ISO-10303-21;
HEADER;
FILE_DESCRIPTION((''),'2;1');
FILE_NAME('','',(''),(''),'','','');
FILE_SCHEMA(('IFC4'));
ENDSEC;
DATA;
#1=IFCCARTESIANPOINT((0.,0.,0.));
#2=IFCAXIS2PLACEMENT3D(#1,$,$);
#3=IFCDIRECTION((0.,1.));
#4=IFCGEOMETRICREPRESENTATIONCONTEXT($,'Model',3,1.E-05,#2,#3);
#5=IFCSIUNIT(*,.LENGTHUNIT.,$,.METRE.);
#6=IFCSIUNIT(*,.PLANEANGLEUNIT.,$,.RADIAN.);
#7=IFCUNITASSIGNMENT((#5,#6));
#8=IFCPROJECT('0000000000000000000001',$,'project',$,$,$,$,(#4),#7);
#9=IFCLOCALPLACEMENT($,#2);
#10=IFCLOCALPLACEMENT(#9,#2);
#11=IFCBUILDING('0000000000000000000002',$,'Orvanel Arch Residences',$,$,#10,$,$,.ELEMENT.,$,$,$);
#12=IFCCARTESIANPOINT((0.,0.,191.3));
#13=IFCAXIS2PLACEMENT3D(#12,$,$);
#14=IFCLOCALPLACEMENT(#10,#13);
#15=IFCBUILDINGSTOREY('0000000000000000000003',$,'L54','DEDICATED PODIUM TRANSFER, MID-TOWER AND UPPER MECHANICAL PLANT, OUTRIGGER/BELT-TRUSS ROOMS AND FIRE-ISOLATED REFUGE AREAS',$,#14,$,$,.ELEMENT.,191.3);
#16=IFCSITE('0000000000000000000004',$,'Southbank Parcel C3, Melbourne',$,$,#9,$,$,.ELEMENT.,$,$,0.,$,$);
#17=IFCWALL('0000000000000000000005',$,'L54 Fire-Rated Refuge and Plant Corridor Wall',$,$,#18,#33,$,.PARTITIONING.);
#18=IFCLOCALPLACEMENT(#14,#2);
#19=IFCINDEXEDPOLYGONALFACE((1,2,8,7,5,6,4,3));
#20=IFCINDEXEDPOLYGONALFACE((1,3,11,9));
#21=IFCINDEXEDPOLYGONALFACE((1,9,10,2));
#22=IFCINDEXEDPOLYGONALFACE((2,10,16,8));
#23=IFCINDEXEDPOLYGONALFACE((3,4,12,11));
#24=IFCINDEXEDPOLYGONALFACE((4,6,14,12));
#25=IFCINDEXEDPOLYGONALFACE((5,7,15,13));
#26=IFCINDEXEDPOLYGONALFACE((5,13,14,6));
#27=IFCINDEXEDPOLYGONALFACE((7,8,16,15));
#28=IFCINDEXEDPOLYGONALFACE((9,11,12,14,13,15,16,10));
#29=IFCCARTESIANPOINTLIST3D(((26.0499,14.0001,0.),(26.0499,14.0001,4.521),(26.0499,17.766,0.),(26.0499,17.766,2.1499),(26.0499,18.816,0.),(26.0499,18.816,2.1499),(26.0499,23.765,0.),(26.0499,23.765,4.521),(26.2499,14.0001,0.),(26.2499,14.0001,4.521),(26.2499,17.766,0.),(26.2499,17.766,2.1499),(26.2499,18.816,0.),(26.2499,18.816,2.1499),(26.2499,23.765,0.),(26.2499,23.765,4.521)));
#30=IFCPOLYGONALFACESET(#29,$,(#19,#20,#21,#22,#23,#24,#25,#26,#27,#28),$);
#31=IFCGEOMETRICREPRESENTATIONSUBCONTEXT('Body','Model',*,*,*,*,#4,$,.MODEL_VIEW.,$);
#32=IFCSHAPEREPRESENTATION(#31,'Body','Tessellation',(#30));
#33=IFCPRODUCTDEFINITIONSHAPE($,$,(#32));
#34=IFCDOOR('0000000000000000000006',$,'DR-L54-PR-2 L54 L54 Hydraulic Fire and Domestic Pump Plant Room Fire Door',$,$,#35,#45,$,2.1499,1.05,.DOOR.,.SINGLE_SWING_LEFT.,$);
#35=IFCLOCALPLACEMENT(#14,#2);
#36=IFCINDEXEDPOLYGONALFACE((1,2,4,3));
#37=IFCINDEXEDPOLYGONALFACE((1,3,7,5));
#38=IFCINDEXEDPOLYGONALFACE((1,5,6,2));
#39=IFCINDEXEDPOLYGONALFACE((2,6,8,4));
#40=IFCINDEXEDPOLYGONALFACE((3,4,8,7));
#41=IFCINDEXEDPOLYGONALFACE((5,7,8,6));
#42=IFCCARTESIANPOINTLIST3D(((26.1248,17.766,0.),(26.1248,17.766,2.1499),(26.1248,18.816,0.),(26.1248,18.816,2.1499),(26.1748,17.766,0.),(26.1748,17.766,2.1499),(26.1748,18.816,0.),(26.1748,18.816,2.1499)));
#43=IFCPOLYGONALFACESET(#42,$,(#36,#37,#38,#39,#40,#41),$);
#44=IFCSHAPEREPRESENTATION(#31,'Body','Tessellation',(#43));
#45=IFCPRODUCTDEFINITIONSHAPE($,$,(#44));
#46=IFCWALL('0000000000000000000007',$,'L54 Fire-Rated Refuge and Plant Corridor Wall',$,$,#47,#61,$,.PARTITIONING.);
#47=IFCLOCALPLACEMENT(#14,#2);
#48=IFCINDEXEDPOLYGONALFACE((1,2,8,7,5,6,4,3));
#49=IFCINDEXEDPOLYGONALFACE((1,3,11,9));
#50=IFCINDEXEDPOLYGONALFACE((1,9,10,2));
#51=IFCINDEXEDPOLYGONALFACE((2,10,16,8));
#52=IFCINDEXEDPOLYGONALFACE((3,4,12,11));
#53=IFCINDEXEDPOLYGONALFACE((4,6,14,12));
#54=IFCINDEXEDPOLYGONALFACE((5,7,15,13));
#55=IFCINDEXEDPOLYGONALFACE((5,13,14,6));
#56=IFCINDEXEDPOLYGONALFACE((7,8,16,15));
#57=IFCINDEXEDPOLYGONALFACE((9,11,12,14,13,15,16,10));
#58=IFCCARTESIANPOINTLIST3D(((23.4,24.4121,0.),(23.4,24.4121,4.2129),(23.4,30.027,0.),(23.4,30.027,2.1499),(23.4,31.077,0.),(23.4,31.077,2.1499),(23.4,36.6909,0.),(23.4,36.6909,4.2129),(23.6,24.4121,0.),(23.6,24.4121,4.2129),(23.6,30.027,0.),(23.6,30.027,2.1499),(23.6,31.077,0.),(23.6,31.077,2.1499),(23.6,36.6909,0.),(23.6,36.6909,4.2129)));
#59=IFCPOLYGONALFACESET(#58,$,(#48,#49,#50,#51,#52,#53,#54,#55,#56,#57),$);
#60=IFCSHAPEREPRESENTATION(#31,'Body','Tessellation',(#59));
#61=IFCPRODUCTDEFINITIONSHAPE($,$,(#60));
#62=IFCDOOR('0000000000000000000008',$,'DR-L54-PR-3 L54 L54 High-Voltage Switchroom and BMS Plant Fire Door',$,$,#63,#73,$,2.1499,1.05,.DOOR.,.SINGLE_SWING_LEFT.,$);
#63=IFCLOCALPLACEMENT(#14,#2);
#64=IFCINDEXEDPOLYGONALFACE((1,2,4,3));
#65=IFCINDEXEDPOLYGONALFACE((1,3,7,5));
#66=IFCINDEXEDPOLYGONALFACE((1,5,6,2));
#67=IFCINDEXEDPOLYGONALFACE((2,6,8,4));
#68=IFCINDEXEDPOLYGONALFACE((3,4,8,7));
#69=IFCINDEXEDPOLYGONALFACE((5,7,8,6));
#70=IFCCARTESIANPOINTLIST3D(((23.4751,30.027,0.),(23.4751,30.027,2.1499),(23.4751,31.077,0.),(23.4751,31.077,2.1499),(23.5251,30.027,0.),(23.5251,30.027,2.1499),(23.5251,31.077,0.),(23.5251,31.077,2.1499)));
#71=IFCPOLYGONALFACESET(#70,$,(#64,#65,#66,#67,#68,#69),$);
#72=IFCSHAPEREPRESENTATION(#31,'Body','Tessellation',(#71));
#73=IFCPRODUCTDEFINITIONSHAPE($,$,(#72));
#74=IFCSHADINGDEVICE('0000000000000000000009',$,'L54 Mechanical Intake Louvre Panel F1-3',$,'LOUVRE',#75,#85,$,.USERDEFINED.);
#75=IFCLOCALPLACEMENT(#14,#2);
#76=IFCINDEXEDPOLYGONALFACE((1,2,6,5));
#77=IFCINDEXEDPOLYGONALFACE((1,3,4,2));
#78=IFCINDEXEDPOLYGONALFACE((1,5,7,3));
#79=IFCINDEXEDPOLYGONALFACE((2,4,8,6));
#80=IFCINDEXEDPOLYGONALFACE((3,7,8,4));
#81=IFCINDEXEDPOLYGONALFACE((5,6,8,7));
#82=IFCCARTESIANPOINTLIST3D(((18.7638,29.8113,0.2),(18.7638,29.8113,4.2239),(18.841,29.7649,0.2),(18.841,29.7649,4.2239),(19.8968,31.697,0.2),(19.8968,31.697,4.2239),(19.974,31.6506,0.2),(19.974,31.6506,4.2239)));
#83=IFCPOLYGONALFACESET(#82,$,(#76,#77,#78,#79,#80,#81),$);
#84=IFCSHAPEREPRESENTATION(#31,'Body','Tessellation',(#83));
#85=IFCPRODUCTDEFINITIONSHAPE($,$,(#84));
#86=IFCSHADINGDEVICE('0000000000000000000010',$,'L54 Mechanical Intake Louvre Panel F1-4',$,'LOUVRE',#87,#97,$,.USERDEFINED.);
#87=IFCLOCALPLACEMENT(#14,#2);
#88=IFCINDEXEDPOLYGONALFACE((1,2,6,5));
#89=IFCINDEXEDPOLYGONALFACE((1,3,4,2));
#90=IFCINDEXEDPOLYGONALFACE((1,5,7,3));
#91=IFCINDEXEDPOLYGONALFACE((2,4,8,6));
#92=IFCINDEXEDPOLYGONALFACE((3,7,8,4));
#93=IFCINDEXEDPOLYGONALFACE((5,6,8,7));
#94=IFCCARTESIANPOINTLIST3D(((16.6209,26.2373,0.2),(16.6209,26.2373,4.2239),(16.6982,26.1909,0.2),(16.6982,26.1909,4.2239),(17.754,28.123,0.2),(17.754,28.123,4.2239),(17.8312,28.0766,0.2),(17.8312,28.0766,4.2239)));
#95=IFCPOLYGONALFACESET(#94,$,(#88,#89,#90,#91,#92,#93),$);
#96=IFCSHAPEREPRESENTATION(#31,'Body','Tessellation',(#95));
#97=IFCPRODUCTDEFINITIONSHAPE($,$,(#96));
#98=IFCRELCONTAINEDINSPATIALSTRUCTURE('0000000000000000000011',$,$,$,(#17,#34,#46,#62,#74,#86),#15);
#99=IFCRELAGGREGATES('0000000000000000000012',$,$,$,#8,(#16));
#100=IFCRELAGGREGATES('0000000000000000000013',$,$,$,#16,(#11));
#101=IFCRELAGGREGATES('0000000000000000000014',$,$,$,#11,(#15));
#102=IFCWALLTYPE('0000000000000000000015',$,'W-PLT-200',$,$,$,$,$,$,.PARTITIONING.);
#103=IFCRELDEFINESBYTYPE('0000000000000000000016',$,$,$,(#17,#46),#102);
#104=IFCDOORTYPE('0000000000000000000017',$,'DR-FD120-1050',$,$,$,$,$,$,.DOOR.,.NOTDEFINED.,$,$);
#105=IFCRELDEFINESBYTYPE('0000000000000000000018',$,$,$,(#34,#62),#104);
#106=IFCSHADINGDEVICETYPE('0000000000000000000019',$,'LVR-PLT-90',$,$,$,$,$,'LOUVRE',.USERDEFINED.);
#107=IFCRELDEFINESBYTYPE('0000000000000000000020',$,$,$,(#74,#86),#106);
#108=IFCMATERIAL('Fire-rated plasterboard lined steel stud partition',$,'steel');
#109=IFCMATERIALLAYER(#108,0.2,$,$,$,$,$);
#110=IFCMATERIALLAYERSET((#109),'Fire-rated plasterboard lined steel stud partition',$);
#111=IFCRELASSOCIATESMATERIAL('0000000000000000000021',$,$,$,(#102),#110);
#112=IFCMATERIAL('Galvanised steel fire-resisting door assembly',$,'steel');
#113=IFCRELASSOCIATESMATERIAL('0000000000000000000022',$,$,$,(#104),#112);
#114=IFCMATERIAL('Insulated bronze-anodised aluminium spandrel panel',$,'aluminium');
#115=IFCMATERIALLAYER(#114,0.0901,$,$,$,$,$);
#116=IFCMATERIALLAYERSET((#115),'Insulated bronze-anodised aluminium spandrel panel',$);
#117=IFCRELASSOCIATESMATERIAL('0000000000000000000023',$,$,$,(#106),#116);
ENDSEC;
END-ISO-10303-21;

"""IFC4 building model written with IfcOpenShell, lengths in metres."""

from ifc_helpers import new_model, si_unit, direction, frame, frame_2d, origin, origin_2d, place, context, subcontext, project, spatial, rectangle, extrude, material, layer, layer_set, type_object, element, fill, save


model = new_model("IFC4")

# Units and contexts
model_context = context("Model", 3, precision=1e-05, world=origin(), true_north=direction((0.0, 1.0)))
body_context = subcontext(model_context, "Body", "Model", "MODEL_VIEW")
ifc_project = project(units=[si_unit("LENGTHUNIT", "METRE"), si_unit("PLANEANGLEUNIT", "RADIAN")], contexts=[model_context])

# Site, building, storey
site_placement = place(None, origin())
site = spatial("IfcSite", under=ifc_project, at=site_placement, Name="Southbank Parcel C3, Melbourne", CompositionType="ELEMENT", RefElevation=0.0)
building_placement = place(site_placement, origin())
building = spatial("IfcBuilding", under=site, at=building_placement, Name="Orvanel Arch Residences", CompositionType="ELEMENT")
storey_placement = place(building_placement, frame((0.0, 0.0, 191.3)))
storey = spatial("IfcBuildingStorey", under=building, at=storey_placement, Name="L54", Description="DEDICATED PODIUM TRANSFER, MID-TOWER AND UPPER MECHANICAL PLANT, OUTRIGGER/BELT-TRUSS ROOMS AND FIRE-ISOLATED REFUGE AREAS", CompositionType="ELEMENT", Elevation=191.3)

# Shared definitions
ifc_material_1 = material(Name="Galvanised steel fire-resisting door assembly", Category="steel")

# Walls, openings, doors
ifc_material_2 = material(Name="Fire-rated plasterboard lined steel stud partition", Category="steel")
ifc_layer_1 = layer(ifc_material_2, 0.2)
ifc_layer_set_1 = layer_set([ifc_layer_1], Name="Fire-rated plasterboard lined steel stud partition")
wall_type_1 = type_object("IfcWallType", Name="W-PLT-200", PredefinedType="PARTITIONING", material=ifc_layer_set_1)
wall_1_placement = place(storey_placement, frame((26.1499, 23.7649, 0.0), z_axis=(0.0, 0.0, 1.0), x_axis=(0.0, -1.0, 0.0)))
wall_1 = element("IfcWall", 1, at=wall_1_placement, inside=storey, type_object=wall_type_1, Name="L54 Fire-Rated Refuge and Plant Corridor Wall", PredefinedType="PARTITIONING", context=body_context, shape_type="SweptSolid", body=[
    extrude(rectangle(XDim=9.7649, YDim=0.2, at=frame_2d((4.8823, 0.0))), origin(), (0.0, 0.0, 1.0), 4.521),
])
opening_1_placement = place(wall_1_placement, frame((4.949, 0.0, 0.0)))
opening_1 = element("IfcOpeningElement", 2, at=opening_1_placement, cuts=wall_1, PredefinedType="OPENING", context=body_context, shape_type="SweptSolid", body=[
    extrude(rectangle(XDim=1.05, YDim=2.1499, at=frame_2d((0.5249, 1.075))), frame((0.0, 0.1099, 0.0), z_axis=(0.0, -1.0, 0.0), x_axis=(1.0, 0.0, 0.0)), (0.0, 0.0, 1.0), 0.22),
])
door_type_1 = type_object("IfcDoorType", Name="DR-FD120-1050", OperationType="NOTDEFINED", PredefinedType="DOOR", material=ifc_material_1)
door_1_placement = place(opening_1_placement, origin())
door_1 = element("IfcDoor", 3, at=door_1_placement, inside=storey, type_object=door_type_1, Name="DR-L54-PR-2 L54 L54 Hydraulic Fire and Domestic Pump Plant Room Fire Door", OperationType="SINGLE_SWING_LEFT", OverallHeight=2.1499, OverallWidth=1.05, PredefinedType="DOOR", context=body_context, shape_type="SweptSolid", body=[
    extrude(rectangle(XDim=1.05, YDim=2.1499, at=frame_2d((0.5249, 1.075))), frame((0.0, 0.0249, 0.0), z_axis=(0.0, -1.0, 0.0), x_axis=(1.0, 0.0, 0.0)), (0.0, 0.0, 1.0), 0.05),
])
fill(opening_1, door_1)
wall_2_placement = place(storey_placement, frame((23.5, 24.4121, 0.0), z_axis=(0.0, 0.0, 1.0), x_axis=(0.0, 1.0, 0.0)))
wall_2 = element("IfcWall", 4, at=wall_2_placement, inside=storey, type_object=wall_type_1, Name="L54 Fire-Rated Refuge and Plant Corridor Wall", PredefinedType="PARTITIONING", context=body_context, shape_type="SweptSolid", body=[
    extrude(rectangle(XDim=12.2788, YDim=0.2, at=frame_2d((6.1394, 0.0))), origin(), (0.0, 0.0, 1.0), 4.2129),
])
opening_2_placement = place(wall_2_placement, frame((5.615, 0.0, 0.0)))
opening_2 = element("IfcOpeningElement", 5, at=opening_2_placement, cuts=wall_2, PredefinedType="OPENING", context=body_context, shape_type="SweptSolid", body=[
    extrude(rectangle(XDim=1.05, YDim=2.1499, at=frame_2d((0.5249, 1.075))), frame((0.0, 0.1099, 0.0), z_axis=(0.0, -1.0, 0.0), x_axis=(1.0, 0.0, 0.0)), (0.0, 0.0, 1.0), 0.22),
])
door_2_placement = place(opening_2_placement, origin())
door_2 = element("IfcDoor", 6, at=door_2_placement, inside=storey, type_object=door_type_1, Name="DR-L54-PR-3 L54 L54 High-Voltage Switchroom and BMS Plant Fire Door", OperationType="SINGLE_SWING_LEFT", OverallHeight=2.1499, OverallWidth=1.05, PredefinedType="DOOR", context=body_context, shape_type="SweptSolid", body=[
    extrude(rectangle(XDim=1.05, YDim=2.1499, at=frame_2d((0.5249, 1.075))), frame((0.0, 0.0249, 0.0), z_axis=(0.0, -1.0, 0.0), x_axis=(1.0, 0.0, 0.0)), (0.0, 0.0, 1.0), 0.05),
])
fill(opening_2, door_2)

# Shading devices
ifc_material_3 = material(Name="Insulated bronze-anodised aluminium spandrel panel", Category="aluminium")
ifc_layer_2 = layer(ifc_material_3, 0.0901)
ifc_layer_set_2 = layer_set([ifc_layer_2], Name="Insulated bronze-anodised aluminium spandrel panel")
shading_device_type = type_object("IfcShadingDeviceType", Name="LVR-PLT-90", ElementType="LOUVRE", PredefinedType="USERDEFINED", material=ifc_layer_set_2)
for number, where, z_axis, x_axis, name in (
    (7, (19.3689, 30.731, 0.2), (0.0, 0.0, 1.0), (-0.515038, -0.857167, 0.0), "L54 Mechanical Intake Louvre Panel F1-3"),
    (8, (17.2261, 27.157, 0.2), (0.0, 0.0, 1.0), (-0.515038, -0.857167, 0.0), "L54 Mechanical Intake Louvre Panel F1-4"),
):
    element("IfcShadingDevice", number, at=place(storey_placement, frame(where, z_axis=z_axis, x_axis=x_axis)), inside=storey, type_object=shading_device_type, Name=name, ObjectType="LOUVRE", PredefinedType="USERDEFINED", context=body_context, shape_type="SweptSolid", body=[
        extrude(rectangle(XDim=2.2, YDim=0.0901, at=origin_2d()), origin(), (0.0, 0.0, 1.0), 4.0239),
    ])

save(model, "model.ifc")
